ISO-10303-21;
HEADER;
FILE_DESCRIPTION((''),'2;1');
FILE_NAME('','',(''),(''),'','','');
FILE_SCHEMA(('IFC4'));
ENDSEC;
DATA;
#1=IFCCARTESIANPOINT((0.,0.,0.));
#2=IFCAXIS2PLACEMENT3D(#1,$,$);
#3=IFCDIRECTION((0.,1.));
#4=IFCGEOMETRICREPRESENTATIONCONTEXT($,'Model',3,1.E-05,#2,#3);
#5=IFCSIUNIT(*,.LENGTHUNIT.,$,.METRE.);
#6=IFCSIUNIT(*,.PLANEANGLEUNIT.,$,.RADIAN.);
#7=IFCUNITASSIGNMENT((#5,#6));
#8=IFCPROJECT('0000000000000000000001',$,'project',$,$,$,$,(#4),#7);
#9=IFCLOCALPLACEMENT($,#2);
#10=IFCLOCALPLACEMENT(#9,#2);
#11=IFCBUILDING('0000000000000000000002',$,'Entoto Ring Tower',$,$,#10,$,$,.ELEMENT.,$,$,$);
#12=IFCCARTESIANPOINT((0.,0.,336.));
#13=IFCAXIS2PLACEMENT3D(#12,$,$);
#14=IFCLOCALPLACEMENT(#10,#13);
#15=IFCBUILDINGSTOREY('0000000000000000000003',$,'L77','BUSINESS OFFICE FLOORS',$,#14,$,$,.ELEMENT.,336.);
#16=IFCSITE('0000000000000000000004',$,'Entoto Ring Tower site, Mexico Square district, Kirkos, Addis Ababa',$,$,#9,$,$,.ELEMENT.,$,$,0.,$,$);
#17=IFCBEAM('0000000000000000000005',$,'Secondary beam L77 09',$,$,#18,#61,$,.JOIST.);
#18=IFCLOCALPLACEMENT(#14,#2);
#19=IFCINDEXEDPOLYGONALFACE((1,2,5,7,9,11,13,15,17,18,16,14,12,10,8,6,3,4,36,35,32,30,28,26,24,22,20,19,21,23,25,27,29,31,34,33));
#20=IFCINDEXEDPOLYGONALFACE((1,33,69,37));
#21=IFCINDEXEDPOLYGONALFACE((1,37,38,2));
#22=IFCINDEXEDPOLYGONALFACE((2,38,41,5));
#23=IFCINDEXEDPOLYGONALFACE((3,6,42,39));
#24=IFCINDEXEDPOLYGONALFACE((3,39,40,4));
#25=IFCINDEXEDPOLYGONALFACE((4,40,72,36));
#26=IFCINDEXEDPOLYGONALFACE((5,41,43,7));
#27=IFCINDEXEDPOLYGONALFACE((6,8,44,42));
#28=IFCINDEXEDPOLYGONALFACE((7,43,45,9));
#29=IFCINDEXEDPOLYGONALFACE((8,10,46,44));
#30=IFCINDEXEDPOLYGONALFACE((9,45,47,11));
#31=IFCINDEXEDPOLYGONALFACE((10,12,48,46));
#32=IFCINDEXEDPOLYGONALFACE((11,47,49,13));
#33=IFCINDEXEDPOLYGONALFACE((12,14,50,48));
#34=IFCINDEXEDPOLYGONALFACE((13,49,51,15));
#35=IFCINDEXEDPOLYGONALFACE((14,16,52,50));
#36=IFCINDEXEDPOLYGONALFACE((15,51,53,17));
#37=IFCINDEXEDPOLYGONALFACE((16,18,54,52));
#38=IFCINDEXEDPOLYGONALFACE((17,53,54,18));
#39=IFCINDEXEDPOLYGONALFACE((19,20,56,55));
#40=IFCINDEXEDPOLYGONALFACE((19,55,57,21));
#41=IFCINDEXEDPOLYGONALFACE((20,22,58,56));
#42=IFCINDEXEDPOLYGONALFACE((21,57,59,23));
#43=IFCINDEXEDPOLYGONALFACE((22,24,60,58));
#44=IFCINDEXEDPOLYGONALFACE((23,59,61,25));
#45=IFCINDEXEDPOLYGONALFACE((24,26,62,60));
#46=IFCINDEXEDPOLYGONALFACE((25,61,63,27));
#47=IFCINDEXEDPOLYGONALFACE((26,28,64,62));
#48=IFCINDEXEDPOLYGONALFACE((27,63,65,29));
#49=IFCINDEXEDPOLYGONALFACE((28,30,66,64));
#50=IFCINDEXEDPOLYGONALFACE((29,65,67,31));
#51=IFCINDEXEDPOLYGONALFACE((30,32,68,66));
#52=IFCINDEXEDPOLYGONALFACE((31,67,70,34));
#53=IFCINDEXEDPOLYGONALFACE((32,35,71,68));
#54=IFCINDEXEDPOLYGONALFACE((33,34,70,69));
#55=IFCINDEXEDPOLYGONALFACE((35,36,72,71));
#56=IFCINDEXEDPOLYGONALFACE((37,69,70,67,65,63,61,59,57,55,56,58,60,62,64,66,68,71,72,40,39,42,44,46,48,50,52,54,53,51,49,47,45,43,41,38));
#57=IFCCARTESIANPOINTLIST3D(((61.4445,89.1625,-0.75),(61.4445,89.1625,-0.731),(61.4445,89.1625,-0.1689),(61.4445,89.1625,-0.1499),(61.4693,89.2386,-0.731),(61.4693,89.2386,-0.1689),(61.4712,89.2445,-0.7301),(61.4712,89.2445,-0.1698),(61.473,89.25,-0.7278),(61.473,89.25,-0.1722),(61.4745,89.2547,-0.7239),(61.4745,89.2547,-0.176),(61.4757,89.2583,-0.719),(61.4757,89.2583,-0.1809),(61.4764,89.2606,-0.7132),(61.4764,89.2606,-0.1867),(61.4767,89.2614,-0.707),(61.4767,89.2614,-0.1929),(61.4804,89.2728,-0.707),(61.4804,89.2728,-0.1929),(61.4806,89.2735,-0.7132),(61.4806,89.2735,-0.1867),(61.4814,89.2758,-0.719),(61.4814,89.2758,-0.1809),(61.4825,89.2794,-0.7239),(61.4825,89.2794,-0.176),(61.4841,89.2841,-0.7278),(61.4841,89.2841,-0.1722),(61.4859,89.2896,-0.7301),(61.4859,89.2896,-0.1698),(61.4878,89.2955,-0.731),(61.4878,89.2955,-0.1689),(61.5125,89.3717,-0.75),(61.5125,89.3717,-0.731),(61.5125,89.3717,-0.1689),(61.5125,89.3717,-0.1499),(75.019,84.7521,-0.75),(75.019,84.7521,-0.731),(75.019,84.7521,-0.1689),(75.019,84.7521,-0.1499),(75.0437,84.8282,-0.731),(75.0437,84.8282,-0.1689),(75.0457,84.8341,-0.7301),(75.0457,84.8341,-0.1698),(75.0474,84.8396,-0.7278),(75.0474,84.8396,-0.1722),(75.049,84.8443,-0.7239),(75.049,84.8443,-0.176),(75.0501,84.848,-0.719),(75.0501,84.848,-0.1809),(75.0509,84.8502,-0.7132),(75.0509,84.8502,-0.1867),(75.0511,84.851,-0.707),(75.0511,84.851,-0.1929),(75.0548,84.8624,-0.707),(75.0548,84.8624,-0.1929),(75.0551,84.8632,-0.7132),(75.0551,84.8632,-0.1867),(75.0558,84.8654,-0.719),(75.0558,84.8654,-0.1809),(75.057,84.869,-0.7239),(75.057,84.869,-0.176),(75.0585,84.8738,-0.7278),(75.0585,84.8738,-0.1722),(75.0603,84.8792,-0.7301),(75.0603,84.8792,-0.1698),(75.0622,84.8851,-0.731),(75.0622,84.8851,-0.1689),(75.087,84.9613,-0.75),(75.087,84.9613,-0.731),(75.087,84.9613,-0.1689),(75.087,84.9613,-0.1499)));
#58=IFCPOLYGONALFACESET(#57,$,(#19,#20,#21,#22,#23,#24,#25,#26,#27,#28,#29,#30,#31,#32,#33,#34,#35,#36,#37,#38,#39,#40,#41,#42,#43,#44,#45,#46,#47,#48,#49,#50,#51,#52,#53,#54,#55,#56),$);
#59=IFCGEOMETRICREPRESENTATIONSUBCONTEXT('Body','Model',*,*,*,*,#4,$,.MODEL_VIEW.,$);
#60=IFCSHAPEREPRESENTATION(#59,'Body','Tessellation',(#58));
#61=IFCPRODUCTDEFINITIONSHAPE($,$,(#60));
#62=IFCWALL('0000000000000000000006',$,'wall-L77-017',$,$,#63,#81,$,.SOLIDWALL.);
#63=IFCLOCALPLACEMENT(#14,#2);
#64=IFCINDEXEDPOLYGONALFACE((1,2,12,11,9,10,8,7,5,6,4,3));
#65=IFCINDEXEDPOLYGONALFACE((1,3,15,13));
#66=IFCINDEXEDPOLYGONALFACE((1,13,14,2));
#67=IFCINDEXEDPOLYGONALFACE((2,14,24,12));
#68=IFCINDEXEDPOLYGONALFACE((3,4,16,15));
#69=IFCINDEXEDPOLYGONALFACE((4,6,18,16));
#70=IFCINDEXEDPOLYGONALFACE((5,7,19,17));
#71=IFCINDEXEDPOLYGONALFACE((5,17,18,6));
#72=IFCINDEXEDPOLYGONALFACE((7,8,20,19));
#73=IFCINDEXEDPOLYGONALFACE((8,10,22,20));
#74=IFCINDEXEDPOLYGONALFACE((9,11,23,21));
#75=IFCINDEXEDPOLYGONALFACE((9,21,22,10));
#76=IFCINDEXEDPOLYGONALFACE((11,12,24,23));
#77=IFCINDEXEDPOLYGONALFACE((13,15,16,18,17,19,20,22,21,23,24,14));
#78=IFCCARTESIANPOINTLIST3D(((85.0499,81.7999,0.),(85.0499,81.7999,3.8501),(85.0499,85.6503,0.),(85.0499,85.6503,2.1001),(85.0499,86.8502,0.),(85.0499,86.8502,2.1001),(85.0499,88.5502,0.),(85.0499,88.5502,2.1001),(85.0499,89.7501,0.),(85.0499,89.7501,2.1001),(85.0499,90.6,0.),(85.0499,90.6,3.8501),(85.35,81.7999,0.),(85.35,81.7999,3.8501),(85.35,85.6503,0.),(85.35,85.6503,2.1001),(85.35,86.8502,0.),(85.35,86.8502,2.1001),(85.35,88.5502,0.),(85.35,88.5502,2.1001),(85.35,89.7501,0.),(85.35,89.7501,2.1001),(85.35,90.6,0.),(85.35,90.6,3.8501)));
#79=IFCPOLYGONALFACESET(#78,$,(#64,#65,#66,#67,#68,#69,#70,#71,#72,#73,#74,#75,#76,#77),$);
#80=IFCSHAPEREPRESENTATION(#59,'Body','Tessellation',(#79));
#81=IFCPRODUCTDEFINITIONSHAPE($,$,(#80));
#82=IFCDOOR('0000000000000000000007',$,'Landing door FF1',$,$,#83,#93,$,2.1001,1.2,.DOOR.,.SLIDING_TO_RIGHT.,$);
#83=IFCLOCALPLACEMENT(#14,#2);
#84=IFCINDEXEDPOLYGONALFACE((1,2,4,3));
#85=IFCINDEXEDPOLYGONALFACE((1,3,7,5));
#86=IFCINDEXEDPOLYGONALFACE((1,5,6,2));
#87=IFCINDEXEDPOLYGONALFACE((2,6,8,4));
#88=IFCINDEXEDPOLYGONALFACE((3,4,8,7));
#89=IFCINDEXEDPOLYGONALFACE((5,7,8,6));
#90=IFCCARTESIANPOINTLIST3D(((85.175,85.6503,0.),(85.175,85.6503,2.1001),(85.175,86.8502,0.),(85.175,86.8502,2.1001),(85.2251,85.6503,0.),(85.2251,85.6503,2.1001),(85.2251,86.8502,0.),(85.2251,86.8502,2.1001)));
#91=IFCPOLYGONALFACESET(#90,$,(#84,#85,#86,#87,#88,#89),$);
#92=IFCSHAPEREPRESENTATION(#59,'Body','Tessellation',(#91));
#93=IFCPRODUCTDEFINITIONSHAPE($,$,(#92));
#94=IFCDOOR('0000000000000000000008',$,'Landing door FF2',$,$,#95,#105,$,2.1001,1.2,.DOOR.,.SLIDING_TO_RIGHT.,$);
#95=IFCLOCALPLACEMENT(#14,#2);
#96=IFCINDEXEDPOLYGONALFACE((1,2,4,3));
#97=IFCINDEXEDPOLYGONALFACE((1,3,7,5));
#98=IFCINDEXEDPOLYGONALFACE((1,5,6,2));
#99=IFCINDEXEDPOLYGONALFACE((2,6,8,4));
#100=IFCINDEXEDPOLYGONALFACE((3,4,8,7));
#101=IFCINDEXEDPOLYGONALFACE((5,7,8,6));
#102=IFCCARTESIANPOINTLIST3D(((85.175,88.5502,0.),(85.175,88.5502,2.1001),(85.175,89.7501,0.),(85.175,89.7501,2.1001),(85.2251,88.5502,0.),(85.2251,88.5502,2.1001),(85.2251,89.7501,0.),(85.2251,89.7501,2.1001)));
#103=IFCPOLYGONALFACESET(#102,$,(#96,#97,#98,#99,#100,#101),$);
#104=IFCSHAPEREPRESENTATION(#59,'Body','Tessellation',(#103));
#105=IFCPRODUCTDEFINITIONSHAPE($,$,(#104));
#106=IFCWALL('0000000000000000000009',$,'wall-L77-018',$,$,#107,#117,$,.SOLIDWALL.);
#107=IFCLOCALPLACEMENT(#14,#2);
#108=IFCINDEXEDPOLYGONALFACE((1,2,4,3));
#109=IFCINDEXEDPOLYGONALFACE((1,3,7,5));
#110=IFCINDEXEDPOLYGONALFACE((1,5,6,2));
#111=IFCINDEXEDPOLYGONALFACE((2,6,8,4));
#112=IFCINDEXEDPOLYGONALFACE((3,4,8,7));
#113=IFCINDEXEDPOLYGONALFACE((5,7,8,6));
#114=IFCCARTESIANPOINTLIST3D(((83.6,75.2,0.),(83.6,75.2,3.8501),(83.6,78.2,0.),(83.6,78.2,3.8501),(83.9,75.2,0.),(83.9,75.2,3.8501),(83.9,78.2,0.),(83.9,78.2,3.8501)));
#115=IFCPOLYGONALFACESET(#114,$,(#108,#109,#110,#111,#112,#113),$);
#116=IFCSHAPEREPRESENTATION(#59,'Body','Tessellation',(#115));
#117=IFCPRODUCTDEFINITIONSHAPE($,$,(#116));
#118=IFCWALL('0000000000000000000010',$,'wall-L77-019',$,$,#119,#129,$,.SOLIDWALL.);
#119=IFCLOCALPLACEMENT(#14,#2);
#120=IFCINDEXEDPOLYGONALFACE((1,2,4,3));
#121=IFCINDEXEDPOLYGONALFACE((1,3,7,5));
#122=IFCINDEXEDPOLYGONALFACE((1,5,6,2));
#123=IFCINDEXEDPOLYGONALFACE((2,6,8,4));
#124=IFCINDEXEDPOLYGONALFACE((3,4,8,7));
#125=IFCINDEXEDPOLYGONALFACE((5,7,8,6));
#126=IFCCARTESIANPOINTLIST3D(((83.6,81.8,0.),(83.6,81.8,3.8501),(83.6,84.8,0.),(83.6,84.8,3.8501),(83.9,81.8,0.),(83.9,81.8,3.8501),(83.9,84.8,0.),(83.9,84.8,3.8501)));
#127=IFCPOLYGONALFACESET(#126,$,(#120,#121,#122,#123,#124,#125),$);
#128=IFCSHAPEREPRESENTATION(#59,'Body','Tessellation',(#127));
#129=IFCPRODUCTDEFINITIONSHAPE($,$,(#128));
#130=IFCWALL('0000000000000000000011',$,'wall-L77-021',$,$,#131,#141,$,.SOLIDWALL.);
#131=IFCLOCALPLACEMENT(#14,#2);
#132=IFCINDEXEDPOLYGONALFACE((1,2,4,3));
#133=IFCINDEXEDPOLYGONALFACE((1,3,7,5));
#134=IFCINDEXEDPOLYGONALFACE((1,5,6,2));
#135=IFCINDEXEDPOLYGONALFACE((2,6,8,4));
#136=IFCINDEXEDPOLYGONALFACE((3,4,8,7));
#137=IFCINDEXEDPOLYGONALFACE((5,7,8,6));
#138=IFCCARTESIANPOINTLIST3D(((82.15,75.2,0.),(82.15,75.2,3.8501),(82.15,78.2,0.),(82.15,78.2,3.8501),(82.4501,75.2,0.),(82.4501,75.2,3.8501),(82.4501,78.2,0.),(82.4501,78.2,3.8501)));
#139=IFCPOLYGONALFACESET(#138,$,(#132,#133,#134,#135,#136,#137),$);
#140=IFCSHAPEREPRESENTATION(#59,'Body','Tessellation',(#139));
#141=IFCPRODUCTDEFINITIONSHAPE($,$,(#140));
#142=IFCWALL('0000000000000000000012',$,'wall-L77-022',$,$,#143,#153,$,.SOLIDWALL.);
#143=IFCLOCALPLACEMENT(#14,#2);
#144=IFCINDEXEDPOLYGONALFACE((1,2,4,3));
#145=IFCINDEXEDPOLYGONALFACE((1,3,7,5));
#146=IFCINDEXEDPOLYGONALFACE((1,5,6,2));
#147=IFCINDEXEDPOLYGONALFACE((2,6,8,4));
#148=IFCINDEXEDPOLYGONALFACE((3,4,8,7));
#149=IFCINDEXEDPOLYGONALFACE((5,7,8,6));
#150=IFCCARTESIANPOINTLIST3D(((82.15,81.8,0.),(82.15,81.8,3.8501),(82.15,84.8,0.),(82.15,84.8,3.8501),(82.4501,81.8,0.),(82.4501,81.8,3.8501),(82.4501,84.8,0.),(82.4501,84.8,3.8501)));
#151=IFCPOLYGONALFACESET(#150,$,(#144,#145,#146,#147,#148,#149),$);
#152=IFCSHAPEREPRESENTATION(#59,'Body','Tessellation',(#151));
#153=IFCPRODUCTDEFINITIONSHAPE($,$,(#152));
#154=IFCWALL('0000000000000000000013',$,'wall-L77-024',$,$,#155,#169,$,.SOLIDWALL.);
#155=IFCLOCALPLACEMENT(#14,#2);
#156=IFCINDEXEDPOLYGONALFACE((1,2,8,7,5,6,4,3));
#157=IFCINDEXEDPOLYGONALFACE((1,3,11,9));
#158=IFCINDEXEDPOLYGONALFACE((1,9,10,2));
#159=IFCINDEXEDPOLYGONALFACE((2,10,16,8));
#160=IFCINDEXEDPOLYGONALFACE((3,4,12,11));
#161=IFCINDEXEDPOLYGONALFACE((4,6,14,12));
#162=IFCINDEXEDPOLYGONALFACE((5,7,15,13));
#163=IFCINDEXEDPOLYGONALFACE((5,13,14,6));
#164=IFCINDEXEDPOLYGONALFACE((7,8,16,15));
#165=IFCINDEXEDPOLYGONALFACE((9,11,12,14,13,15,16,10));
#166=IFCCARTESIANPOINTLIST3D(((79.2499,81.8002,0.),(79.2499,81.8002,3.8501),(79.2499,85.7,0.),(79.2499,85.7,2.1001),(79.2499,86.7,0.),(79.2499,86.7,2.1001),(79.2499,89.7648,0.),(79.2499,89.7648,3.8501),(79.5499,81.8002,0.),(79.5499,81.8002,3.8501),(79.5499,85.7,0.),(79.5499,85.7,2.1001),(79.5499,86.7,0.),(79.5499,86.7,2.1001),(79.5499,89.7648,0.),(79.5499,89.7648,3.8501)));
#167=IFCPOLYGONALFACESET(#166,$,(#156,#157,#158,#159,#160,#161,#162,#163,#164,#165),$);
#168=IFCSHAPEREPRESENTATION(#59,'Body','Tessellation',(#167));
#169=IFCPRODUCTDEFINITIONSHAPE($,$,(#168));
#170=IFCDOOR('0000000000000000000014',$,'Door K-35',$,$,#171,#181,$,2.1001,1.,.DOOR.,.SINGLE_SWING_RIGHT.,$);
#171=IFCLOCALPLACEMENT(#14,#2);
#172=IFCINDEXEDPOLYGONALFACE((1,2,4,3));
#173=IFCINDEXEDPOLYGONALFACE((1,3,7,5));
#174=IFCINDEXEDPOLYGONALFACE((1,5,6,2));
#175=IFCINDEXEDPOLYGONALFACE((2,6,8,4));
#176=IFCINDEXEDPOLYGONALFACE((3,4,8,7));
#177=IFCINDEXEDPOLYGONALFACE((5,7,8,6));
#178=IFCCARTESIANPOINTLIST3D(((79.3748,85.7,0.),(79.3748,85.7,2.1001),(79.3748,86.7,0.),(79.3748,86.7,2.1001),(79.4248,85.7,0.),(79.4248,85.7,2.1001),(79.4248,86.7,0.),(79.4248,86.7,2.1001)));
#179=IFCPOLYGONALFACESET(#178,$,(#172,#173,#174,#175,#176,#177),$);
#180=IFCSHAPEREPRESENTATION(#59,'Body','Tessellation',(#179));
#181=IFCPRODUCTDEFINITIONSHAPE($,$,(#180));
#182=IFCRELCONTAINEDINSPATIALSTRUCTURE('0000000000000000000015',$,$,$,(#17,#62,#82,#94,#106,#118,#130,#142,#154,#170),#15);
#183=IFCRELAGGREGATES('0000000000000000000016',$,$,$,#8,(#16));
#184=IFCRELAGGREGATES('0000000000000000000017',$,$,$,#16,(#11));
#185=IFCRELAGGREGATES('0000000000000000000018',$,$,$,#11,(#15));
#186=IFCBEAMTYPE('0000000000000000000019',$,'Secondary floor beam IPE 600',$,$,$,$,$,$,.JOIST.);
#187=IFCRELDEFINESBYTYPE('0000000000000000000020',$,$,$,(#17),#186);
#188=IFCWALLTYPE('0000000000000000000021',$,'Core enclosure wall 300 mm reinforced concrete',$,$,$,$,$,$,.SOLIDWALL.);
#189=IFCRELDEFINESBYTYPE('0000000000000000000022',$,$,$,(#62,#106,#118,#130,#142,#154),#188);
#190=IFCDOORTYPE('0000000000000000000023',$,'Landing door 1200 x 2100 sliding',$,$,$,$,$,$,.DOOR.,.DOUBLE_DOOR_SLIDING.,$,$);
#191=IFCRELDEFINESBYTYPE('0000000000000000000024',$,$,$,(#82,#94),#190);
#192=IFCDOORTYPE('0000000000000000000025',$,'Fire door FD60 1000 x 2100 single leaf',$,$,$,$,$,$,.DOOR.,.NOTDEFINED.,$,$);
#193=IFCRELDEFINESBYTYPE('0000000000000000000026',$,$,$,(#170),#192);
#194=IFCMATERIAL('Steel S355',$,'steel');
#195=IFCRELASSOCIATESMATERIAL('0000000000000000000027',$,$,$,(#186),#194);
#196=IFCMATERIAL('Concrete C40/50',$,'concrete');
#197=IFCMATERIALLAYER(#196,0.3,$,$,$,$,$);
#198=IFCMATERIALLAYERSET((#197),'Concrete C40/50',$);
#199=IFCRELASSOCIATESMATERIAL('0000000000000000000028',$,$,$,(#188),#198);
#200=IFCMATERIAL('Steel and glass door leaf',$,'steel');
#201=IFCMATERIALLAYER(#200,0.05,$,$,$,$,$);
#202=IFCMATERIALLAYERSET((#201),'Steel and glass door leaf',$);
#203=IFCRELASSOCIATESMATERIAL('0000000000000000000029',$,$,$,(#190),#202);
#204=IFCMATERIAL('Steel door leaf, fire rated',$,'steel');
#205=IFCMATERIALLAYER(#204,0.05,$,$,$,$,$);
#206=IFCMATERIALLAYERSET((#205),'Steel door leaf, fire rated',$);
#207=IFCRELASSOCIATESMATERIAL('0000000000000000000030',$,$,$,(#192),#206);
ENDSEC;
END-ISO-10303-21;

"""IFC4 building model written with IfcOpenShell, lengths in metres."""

from ifc_helpers import new_model, si_unit, direction, frame, frame_2d, origin, origin_2d, place, context, subcontext, project, spatial, rectangle, i_section, extrude, material, layer, layer_set, material_profile, profile_set, type_object, element, fill, save


model = new_model("IFC4")

# Units and contexts
model_context = context("Model", 3, precision=1e-05, world=origin(), true_north=direction((0.0, 1.0)))
body_context = subcontext(model_context, "Body", "Model", "MODEL_VIEW")
ifc_project = project(units=[si_unit("LENGTHUNIT", "METRE"), si_unit("PLANEANGLEUNIT", "RADIAN")], contexts=[model_context])

# Site, building, storey
site_placement = place(None, origin())
site = spatial("IfcSite", under=ifc_project, at=site_placement, Name="Entoto Ring Tower site, Mexico Square district, Kirkos, Addis Ababa", CompositionType="ELEMENT", RefElevation=0.0)
building_placement = place(site_placement, origin())
building = spatial("IfcBuilding", under=site, at=building_placement, Name="Entoto Ring Tower", CompositionType="ELEMENT")
storey_placement = place(building_placement, frame((0.0, 0.0, 336.0)))
storey = spatial("IfcBuildingStorey", under=building, at=storey_placement, Name="L77", Description="BUSINESS OFFICE FLOORS", CompositionType="ELEMENT", Elevation=336.0)

# Beam
ifc_material_1 = material(Name="Steel S355", Category="steel")
ifc_material_profile = material_profile(ifc_material_1, i_section(OverallWidth=0.22, OverallDepth=0.6001, WebThickness=0.012, FlangeThickness=0.019, FilletRadius=0.0239, at=origin_2d()), Name="IPE 600")
ifc_profile_set = profile_set([ifc_material_profile], Name="Steel S355")
beam_type = type_object("IfcBeamType", Name="Secondary floor beam IPE 600", PredefinedType="JOIST", material=ifc_profile_set)
beam_placement = place(storey_placement, frame((75.053, 84.8567, -0.45), z_axis=(-0.951061, 0.309004, 0.0), x_axis=(-0.309004, -0.951061, 0.0)))
element("IfcBeam", 1, at=beam_placement, inside=storey, type_object=beam_type, Name="Secondary beam L77 09", PredefinedType="JOIST", context=body_context, shape_type="SweptSolid", body=[
    extrude(i_section(OverallWidth=0.22, OverallDepth=0.6001, WebThickness=0.012, FlangeThickness=0.019, FilletRadius=0.0239, at=origin_2d()), origin(), (0.0, 0.0, 1.0), 14.2729),
])

# Wall, openings, doors
ifc_material_2 = material(Name="Concrete C40/50", Category="concrete")
ifc_layer_1 = layer(ifc_material_2, 0.3)
ifc_layer_set_1 = layer_set([ifc_layer_1], Name="Concrete C40/50")
wall_type_1 = type_object("IfcWallType", Name="Core enclosure wall 300 mm reinforced concrete", PredefinedType="SOLIDWALL", material=ifc_layer_set_1)
wall_1_placement = place(storey_placement, frame((85.2, 81.8, 0.0), z_axis=(0.0, 0.0, 1.0), x_axis=(0.0, 1.0, 0.0)))
wall_1 = element("IfcWall", 2, at=wall_1_placement, inside=storey, type_object=wall_type_1, Name="wall-L77-017", PredefinedType="SOLIDWALL", context=body_context, shape_type="SweptSolid", body=[
    extrude(rectangle(XDim=8.8, YDim=0.3, at=frame_2d((4.3999, 0.0))), origin(), (0.0, 0.0, 1.0), 3.8501),
])
opening_1_placement = place(wall_1_placement, frame((3.8501, 0.0, 0.0)))
opening_1 = element("IfcOpeningElement", 3, at=opening_1_placement, cuts=wall_1, PredefinedType="OPENING", context=body_context, shape_type="SweptSolid", body=[
    extrude(rectangle(XDim=1.2, YDim=2.1001, at=frame_2d((0.6001, 1.05))), frame((0.0, 0.1602, 0.0), z_axis=(0.0, -1.0, 0.0), x_axis=(1.0, 0.0, 0.0)), (0.0, 0.0, 1.0), 0.3201),
])
opening_2_placement = place(wall_1_placement, frame((6.75, 0.0, 0.0)))
opening_2 = element("IfcOpeningElement", 4, at=opening_2_placement, cuts=wall_1, PredefinedType="OPENING", context=body_context, shape_type="SweptSolid", body=[
    extrude(rectangle(XDim=1.2, YDim=2.1001, at=frame_2d((0.6001, 1.05))), frame((0.0, 0.1602, 0.0), z_axis=(0.0, -1.0, 0.0), x_axis=(1.0, 0.0, 0.0)), (0.0, 0.0, 1.0), 0.3201),
])
ifc_material_3 = material(Name="Steel and glass door leaf", Category="steel")
ifc_layer_2 = layer(ifc_material_3, 0.05)
ifc_layer_set_2 = layer_set([ifc_layer_2], Name="Steel and glass door leaf")
door_type_1 = type_object("IfcDoorType", Name="Landing door 1200 x 2100 sliding", OperationType="DOUBLE_DOOR_SLIDING", PredefinedType="DOOR", material=ifc_layer_set_2)
door_1_placement = place(opening_1_placement, origin())
door_1 = element("IfcDoor", 5, at=door_1_placement, inside=storey, type_object=door_type_1, Name="Landing door FF1", OperationType="SLIDING_TO_RIGHT", OverallHeight=2.1001, OverallWidth=1.2, PredefinedType="DOOR", context=body_context, shape_type="SweptSolid", body=[
    extrude(rectangle(XDim=1.2, YDim=2.1001, at=frame_2d((0.6001, 1.05))), frame((0.0, 0.0249, 0.0), z_axis=(0.0, -1.0, 0.0), x_axis=(1.0, 0.0, 0.0)), (0.0, 0.0, 1.0), 0.05),
])
fill(opening_1, door_1)
door_2_placement = place(opening_2_placement, origin())
door_2 = element("IfcDoor", 6, at=door_2_placement, inside=storey, type_object=door_type_1, Name="Landing door FF2", OperationType="SLIDING_TO_RIGHT", OverallHeight=2.1001, OverallWidth=1.2, PredefinedType="DOOR", context=body_context, shape_type="SweptSolid", body=[
    extrude(rectangle(XDim=1.2, YDim=2.1001, at=frame_2d((0.6001, 1.05))), frame((0.0, 0.0249, 0.0), z_axis=(0.0, -1.0, 0.0), x_axis=(1.0, 0.0, 0.0)), (0.0, 0.0, 1.0), 0.05),
])
fill(opening_2, door_2)

# Walls
for number, where, z_axis, x_axis, name in (
    (7, (83.75, 75.2, 0.0), (0.0, 0.0, 1.0), (0.0, 1.0, 0.0), "wall-L77-018"),
    (8, (83.75, 81.8, 0.0), (0.0, 0.0, 1.0), (0.0, 1.0, 0.0), "wall-L77-019"),
    (9, (82.3, 75.2, 0.0), (0.0, 0.0, 1.0), (0.0, 1.0, 0.0), "wall-L77-021"),
    (10, (82.3, 81.8, 0.0), (0.0, 0.0, 1.0), (0.0, 1.0, 0.0), "wall-L77-022"),
):
    element("IfcWall", number, at=place(storey_placement, frame(where, z_axis=z_axis, x_axis=x_axis)), inside=storey, type_object=wall_type_1, Name=name, PredefinedType="SOLIDWALL", context=body_context, shape_type="SweptSolid", body=[
        extrude(rectangle(XDim=3.0, YDim=0.3, at=frame_2d((1.5, 0.0))), origin(), (0.0, 0.0, 1.0), 3.8501),
    ])

# Wall, opening, door
wall_2_placement = place(storey_placement, frame((79.3999, 81.8, 0.0), z_axis=(0.0, 0.0, 1.0), x_axis=(0.0, 1.0, 0.0)))
wall_2 = element("IfcWall", 11, at=wall_2_placement, inside=storey, type_object=wall_type_1, Name="wall-L77-024", PredefinedType="SOLIDWALL", context=body_context, shape_type="SweptSolid", body=[
    extrude(rectangle(XDim=7.9646, YDim=0.3, at=frame_2d((3.9824, 0.0))), origin(), (0.0, 0.0, 1.0), 3.8501),
])
opening_3_placement = place(wall_2_placement, frame((3.8999, 0.0, 0.0)))
opening_3 = element("IfcOpeningElement", 12, at=opening_3_placement, cuts=wall_2, PredefinedType="OPENING", context=body_context, shape_type="SweptSolid", body=[
    extrude(rectangle(XDim=1.0, YDim=2.1001, at=frame_2d((0.5, 1.05))), frame((0.0, 0.1602, 0.0), z_axis=(0.0, -1.0, 0.0), x_axis=(1.0, 0.0, 0.0)), (0.0, 0.0, 1.0), 0.3201),
])
ifc_material_4 = material(Name="Steel door leaf, fire rated", Category="steel")
ifc_layer_3 = layer(ifc_material_4, 0.05)
ifc_layer_set_3 = layer_set([ifc_layer_3], Name="Steel door leaf, fire rated")
door_type_2 = type_object("IfcDoorType", Name="Fire door FD60 1000 x 2100 single leaf", OperationType="NOTDEFINED", PredefinedType="DOOR", material=ifc_layer_set_3)
door_3_placement = place(opening_3_placement, frame((1.0, 0.0, 0.0), z_axis=(0.0, 0.0, 1.0), x_axis=(-1.0, 0.0, 0.0)))
door_3 = element("IfcDoor", 13, at=door_3_placement, inside=storey, type_object=door_type_2, Name="Door K-35", OperationType="SINGLE_SWING_RIGHT", OverallHeight=2.1001, OverallWidth=1.0, PredefinedType="DOOR", context=body_context, shape_type="SweptSolid", body=[
    extrude(rectangle(XDim=1.0, YDim=2.1001, at=frame_2d((0.5, 1.05))), frame((0.0, 0.0249, 0.0), z_axis=(0.0, -1.0, 0.0), x_axis=(1.0, 0.0, 0.0)), (0.0, 0.0, 1.0), 0.05),
])
fill(opening_3, door_3)

save(model, "model.ifc")
